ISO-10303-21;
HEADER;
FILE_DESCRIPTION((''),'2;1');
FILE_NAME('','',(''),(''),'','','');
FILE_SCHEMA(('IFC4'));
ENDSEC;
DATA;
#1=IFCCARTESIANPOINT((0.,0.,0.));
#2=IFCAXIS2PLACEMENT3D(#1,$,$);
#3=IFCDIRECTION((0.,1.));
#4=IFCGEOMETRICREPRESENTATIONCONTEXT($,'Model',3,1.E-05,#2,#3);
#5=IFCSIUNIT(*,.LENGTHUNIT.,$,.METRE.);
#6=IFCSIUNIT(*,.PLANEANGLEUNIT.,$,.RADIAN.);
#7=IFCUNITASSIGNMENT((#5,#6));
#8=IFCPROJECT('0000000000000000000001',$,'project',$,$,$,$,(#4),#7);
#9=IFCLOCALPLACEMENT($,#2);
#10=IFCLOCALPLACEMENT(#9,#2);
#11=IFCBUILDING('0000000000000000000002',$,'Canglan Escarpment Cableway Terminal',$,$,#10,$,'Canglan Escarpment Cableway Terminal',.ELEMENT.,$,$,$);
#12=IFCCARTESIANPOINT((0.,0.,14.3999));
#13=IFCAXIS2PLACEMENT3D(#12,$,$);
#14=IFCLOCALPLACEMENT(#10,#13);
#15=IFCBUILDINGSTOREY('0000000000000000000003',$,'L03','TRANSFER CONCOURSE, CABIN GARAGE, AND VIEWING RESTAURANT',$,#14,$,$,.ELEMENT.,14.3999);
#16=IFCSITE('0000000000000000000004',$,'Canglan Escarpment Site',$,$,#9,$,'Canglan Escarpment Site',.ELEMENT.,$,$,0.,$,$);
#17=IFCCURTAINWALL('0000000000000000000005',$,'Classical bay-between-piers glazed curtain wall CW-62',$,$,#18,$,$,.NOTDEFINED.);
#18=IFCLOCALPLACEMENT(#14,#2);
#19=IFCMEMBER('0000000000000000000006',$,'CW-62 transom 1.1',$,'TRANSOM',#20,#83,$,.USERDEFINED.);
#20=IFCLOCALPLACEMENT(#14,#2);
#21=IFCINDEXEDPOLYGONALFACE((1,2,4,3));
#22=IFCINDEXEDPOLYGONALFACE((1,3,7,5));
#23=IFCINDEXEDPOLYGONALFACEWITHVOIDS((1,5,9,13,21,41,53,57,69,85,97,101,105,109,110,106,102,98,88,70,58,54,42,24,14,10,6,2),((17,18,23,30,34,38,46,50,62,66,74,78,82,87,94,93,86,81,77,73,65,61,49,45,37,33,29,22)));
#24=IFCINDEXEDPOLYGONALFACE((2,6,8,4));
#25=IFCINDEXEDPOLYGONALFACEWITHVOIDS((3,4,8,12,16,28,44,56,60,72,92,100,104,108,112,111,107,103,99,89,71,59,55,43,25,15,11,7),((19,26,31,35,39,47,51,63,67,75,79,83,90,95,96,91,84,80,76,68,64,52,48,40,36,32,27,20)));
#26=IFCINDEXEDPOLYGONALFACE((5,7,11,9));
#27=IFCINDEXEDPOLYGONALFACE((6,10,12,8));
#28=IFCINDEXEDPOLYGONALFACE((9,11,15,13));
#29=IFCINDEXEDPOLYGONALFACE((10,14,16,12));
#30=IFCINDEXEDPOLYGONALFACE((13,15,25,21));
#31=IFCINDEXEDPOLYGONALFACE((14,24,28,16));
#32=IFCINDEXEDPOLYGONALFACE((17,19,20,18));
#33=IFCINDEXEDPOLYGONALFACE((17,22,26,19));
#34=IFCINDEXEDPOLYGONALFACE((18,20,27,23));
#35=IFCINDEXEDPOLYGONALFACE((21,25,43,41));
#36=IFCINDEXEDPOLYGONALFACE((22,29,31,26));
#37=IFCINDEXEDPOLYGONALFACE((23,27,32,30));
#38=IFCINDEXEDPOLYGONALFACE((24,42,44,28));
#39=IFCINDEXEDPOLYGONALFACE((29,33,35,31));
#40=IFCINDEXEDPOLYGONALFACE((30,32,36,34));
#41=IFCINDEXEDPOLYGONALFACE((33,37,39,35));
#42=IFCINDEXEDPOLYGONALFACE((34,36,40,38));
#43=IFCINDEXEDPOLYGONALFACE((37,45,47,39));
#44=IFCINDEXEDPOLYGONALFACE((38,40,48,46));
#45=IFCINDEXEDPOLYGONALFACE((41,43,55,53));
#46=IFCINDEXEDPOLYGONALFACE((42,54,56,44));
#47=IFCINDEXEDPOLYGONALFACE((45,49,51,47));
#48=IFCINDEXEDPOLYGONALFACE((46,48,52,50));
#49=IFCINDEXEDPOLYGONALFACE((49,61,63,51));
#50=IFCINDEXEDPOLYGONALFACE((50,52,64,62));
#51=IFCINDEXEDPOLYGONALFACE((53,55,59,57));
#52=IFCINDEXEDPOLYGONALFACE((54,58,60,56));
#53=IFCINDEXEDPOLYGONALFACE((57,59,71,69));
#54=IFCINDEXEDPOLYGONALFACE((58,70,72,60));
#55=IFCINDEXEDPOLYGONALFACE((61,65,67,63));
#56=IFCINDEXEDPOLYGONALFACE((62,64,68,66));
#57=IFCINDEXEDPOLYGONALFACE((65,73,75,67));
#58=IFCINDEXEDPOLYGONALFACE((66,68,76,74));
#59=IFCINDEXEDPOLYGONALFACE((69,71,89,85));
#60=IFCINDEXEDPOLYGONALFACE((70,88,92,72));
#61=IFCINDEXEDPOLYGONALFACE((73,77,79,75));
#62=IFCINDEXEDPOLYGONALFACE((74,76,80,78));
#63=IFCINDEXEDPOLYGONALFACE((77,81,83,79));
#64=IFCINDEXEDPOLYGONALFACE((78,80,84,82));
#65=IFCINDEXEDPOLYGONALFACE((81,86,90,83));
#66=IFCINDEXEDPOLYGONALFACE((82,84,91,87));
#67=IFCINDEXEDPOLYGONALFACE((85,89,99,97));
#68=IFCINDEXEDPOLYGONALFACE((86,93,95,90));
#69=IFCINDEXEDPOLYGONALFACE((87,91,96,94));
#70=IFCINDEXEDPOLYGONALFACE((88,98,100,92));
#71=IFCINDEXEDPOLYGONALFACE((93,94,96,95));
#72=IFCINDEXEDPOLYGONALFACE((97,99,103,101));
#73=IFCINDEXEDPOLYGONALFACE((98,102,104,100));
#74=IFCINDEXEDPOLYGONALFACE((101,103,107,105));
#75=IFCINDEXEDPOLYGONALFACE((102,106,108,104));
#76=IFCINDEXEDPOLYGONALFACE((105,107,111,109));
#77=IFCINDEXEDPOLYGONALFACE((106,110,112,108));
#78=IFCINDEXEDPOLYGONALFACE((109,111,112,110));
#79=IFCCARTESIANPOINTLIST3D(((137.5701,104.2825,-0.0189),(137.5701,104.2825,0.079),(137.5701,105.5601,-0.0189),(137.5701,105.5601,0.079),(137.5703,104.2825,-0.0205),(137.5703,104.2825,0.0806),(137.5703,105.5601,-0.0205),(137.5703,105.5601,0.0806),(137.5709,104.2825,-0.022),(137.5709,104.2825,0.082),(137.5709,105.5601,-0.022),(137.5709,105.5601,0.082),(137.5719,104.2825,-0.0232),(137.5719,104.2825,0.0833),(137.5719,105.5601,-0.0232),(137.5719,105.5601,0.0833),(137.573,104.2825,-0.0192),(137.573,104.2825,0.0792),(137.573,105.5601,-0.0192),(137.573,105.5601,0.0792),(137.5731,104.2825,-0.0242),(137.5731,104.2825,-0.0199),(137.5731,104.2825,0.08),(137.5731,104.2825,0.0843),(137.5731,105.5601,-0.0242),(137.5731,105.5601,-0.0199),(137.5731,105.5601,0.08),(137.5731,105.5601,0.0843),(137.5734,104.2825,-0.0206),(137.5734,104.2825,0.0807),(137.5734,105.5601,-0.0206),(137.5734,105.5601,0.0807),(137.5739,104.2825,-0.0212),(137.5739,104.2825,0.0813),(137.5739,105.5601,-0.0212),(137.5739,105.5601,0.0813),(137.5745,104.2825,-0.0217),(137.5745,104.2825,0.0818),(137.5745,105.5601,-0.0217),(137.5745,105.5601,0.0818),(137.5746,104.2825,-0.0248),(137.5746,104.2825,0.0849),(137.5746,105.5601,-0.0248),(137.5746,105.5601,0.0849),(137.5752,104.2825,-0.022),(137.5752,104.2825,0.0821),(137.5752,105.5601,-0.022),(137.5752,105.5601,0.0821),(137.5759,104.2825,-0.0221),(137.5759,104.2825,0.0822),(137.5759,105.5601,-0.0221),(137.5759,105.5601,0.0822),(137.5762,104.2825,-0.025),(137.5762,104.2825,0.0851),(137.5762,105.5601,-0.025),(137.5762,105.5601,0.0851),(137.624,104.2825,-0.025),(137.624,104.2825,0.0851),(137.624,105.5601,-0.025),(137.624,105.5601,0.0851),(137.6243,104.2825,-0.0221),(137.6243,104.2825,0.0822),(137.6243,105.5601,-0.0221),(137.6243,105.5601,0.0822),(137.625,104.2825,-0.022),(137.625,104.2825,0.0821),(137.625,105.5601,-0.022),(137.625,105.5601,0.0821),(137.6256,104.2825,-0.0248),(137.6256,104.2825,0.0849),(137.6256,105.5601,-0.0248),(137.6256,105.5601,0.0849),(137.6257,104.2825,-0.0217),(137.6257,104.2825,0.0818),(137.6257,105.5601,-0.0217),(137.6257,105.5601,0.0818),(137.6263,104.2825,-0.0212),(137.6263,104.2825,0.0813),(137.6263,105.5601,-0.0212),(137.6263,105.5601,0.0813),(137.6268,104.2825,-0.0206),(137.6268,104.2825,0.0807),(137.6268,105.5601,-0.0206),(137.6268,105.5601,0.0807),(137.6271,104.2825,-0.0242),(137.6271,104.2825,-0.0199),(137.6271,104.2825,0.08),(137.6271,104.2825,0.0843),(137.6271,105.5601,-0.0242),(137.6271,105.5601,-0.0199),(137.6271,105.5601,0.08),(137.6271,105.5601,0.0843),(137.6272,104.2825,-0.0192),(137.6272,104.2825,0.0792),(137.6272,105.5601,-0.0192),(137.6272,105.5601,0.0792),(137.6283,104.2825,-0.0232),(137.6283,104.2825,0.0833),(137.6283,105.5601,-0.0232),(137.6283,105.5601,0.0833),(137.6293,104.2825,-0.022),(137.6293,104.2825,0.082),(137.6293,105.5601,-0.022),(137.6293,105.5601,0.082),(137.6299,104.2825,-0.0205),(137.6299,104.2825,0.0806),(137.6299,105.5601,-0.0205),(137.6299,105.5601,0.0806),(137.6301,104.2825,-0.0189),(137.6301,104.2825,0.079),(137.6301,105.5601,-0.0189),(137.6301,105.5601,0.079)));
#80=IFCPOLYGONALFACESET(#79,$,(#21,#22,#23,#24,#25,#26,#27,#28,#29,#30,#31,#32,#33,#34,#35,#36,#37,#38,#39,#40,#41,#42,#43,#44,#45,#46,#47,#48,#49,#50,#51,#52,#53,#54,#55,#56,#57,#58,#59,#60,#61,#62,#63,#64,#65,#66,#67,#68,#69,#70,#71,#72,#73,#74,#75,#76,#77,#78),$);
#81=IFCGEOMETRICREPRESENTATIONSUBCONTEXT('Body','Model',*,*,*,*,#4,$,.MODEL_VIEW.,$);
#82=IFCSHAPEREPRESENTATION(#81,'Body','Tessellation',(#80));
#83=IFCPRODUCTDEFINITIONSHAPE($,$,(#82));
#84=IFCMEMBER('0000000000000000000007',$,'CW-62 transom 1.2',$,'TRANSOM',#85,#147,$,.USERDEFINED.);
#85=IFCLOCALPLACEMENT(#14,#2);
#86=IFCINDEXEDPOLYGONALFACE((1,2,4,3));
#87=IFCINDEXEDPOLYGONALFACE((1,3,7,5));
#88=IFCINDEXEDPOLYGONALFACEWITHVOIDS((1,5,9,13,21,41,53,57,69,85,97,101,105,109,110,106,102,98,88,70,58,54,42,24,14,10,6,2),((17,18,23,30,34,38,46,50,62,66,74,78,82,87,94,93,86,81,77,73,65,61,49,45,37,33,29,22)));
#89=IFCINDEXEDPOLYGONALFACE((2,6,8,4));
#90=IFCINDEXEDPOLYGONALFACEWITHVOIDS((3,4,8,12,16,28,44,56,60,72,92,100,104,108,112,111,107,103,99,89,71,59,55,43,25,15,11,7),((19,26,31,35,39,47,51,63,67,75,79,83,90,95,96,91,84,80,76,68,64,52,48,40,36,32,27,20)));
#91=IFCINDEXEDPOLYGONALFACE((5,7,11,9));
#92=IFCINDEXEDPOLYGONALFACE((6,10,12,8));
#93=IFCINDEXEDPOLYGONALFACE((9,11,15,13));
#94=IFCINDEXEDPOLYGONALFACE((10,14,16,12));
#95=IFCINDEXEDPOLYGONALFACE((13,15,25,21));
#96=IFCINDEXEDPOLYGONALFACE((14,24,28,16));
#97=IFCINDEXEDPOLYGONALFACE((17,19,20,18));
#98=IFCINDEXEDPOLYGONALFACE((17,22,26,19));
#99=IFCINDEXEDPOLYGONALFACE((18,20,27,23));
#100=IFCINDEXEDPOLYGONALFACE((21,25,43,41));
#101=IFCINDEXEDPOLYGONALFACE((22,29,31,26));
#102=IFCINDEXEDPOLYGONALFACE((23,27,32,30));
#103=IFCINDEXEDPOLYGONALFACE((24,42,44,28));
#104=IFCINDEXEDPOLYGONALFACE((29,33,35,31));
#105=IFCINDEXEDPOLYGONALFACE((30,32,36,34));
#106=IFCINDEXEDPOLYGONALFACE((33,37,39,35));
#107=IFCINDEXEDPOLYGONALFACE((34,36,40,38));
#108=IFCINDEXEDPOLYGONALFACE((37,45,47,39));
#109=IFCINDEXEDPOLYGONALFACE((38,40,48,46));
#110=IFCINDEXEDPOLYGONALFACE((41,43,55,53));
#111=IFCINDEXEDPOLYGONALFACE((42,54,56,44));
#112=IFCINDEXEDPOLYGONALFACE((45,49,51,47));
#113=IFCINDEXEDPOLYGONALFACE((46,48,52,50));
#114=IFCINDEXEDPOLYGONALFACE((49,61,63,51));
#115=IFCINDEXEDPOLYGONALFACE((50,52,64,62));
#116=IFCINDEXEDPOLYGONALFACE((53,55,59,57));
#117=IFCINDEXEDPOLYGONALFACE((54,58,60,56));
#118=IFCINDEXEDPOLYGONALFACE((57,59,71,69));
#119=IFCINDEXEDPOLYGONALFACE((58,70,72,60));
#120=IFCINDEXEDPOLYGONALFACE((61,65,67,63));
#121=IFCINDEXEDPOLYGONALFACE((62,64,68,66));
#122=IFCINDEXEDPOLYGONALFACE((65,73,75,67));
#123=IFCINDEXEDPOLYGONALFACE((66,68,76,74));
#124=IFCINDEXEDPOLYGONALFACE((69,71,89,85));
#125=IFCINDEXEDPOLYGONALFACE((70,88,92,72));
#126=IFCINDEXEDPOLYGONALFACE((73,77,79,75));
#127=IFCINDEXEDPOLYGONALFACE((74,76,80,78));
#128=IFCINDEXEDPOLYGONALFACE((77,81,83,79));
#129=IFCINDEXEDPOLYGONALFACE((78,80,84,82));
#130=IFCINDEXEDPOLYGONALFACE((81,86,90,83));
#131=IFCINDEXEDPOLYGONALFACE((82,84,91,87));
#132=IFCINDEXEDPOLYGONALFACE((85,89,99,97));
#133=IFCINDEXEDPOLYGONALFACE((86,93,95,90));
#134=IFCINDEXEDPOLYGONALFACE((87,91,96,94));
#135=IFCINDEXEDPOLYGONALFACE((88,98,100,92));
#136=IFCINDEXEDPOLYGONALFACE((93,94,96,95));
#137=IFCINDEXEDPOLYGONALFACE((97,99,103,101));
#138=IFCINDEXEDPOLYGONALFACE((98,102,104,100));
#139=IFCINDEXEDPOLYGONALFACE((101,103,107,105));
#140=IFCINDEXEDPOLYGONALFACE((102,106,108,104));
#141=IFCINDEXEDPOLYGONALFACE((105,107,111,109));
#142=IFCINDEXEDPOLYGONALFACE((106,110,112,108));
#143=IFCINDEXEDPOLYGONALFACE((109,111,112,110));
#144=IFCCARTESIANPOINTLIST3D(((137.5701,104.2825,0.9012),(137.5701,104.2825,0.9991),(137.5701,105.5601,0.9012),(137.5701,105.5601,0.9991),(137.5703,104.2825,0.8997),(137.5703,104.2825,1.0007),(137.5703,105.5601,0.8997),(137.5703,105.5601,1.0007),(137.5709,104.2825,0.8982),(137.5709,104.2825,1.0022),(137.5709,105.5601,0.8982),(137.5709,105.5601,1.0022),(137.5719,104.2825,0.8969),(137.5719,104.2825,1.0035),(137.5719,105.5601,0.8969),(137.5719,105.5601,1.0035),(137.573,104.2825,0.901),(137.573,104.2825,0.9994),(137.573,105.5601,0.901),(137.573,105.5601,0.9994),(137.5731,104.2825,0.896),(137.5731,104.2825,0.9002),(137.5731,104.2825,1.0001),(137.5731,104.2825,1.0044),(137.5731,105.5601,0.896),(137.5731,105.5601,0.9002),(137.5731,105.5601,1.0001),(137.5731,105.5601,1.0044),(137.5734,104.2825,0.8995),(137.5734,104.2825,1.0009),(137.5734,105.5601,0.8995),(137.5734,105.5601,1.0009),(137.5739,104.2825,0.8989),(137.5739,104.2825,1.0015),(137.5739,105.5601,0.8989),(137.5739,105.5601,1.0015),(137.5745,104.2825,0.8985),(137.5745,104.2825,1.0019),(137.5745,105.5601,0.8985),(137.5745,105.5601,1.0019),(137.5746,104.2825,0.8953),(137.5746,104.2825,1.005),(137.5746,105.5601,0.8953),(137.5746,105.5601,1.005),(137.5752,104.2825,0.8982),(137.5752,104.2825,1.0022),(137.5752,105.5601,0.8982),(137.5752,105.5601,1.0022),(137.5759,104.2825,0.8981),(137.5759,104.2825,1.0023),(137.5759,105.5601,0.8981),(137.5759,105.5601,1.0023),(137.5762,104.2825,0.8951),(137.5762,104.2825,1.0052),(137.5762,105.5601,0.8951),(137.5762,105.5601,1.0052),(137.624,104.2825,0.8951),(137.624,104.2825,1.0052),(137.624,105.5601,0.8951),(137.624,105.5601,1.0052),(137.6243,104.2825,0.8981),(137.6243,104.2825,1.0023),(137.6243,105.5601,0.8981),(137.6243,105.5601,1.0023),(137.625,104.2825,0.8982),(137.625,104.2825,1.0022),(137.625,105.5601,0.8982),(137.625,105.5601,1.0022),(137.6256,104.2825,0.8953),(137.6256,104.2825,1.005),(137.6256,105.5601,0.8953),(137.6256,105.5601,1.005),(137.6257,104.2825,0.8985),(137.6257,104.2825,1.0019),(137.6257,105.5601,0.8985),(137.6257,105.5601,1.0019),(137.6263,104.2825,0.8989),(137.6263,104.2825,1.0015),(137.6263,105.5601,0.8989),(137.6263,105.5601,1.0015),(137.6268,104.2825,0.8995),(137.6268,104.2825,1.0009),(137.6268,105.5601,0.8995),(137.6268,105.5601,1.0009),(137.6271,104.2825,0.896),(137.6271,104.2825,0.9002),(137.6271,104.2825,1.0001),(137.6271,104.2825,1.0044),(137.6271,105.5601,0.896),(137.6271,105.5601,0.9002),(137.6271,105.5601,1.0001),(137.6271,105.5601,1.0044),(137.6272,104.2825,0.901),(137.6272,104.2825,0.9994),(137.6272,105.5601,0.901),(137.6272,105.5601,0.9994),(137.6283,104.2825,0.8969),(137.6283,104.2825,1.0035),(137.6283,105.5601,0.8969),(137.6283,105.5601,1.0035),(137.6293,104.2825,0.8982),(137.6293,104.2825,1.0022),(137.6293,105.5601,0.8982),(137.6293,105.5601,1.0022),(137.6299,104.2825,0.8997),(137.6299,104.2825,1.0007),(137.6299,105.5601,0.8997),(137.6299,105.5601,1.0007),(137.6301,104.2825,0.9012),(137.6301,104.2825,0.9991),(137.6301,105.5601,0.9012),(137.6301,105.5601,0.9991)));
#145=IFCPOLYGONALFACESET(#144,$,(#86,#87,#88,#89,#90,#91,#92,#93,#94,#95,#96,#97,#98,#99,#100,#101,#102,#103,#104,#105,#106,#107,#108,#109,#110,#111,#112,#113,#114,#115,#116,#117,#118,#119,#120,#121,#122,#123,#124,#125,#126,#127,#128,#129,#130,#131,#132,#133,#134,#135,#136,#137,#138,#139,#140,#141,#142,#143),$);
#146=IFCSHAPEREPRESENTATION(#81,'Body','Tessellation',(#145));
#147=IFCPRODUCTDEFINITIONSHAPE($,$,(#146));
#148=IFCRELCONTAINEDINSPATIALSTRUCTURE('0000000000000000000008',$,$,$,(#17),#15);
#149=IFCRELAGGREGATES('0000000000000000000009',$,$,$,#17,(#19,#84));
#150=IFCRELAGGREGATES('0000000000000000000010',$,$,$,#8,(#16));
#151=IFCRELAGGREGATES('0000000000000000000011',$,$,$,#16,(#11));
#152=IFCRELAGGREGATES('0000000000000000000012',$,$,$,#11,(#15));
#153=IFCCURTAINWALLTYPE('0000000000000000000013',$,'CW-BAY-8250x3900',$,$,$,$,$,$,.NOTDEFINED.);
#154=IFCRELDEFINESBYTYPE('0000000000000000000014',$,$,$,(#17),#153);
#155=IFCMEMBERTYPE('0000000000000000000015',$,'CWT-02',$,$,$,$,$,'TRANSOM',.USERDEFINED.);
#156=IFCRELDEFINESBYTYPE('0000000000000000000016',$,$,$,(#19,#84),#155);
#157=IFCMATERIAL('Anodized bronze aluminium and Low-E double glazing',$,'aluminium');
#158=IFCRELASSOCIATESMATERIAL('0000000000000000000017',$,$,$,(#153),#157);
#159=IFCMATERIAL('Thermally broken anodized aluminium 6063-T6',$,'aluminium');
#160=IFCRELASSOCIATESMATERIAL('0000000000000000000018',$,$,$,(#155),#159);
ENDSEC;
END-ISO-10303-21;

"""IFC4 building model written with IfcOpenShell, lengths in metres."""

from ifc_helpers import new_model, si_unit, direction, frame, origin, origin_2d, place, context, subcontext, project, spatial, hollow_rectangle, extrude, material, material_profile, profile_set, type_object, element, aggregate, save


model = new_model("IFC4")

# Units and contexts
model_context = context("Model", 3, precision=1e-05, world=origin(), true_north=direction((0.0, 1.0)))
body_context = subcontext(model_context, "Body", "Model", "MODEL_VIEW")
ifc_project = project(units=[si_unit("LENGTHUNIT", "METRE"), si_unit("PLANEANGLEUNIT", "RADIAN")], contexts=[model_context])

# Site, building, storey
site_placement = place(None, origin())
site = spatial("IfcSite", under=ifc_project, at=site_placement, Name="Canglan Escarpment Site", LongName="Canglan Escarpment Site", CompositionType="ELEMENT", RefElevation=0.0)
building_placement = place(site_placement, origin())
building = spatial("IfcBuilding", under=site, at=building_placement, Name="Canglan Escarpment Cableway Terminal", LongName="Canglan Escarpment Cableway Terminal", CompositionType="ELEMENT")
storey_placement = place(building_placement, frame((0.0, 0.0, 14.3999)))
storey = spatial("IfcBuildingStorey", under=building, at=storey_placement, Name="L03", Description="TRANSFER CONCOURSE, CABIN GARAGE, AND VIEWING RESTAURANT", CompositionType="ELEMENT", Elevation=14.3999)

# Curtain wall
ifc_material_1 = material(Name="Anodized bronze aluminium and Low-E double glazing", Category="aluminium")
curtain_wall_type = type_object("IfcCurtainWallType", Name="CW-BAY-8250x3900", PredefinedType="NOTDEFINED", material=ifc_material_1)
curtain_wall_1_placement = place(storey_placement, origin())
curtain_wall_1 = element("IfcCurtainWall", 1, at=curtain_wall_1_placement, inside=storey, type_object=curtain_wall_type, Name="Classical bay-between-piers glazed curtain wall CW-62", PredefinedType="NOTDEFINED")
ifc_material_2 = material(Name="Thermally broken anodized aluminium 6063-T6", Category="aluminium")

# Members
ifc_material_profile_1 = material_profile(ifc_material_2, hollow_rectangle(XDim=0.0601, YDim=0.1101, WallThickness=0.0029, InnerFilletRadius=0.0029, OuterFilletRadius=0.0061, at=origin_2d()), Name="ALU-TRAN 60x110x3")
ifc_profile_set_1 = profile_set([ifc_material_profile_1], Name="Thermally broken anodized aluminium 6063-T6")
member_type_1 = type_object("IfcMemberType", Name="CWT-02", ElementType="TRANSOM", PredefinedType="USERDEFINED", material=ifc_profile_set_1)
member_1_placement = place(storey_placement, frame((137.6001, 105.5601, 0.03), z_axis=(0.0, -1.0, 0.0), x_axis=(1.0, 0.0, 0.0)))
member_1 = element("IfcMember", 2, at=member_1_placement, type_object=member_type_1, Name="CW-62 transom 1.1", ObjectType="TRANSOM", PredefinedType="USERDEFINED", context=body_context, shape_type="SweptSolid", body=[
    extrude(hollow_rectangle(XDim=0.0601, YDim=0.1101, WallThickness=0.0029, InnerFilletRadius=0.0029, OuterFilletRadius=0.0061, at=origin_2d()), origin(), (0.0, 0.0, 1.0), 1.2776),
])
member_2_placement = place(storey_placement, frame((137.6001, 105.5601, 0.9502), z_axis=(0.0, -1.0, 0.0), x_axis=(1.0, 0.0, 0.0)))
member_2 = element("IfcMember", 3, at=member_2_placement, type_object=member_type_1, Name="CW-62 transom 1.2", ObjectType="TRANSOM", PredefinedType="USERDEFINED", context=body_context, shape_type="SweptSolid", body=[
    extrude(hollow_rectangle(XDim=0.0601, YDim=0.1101, WallThickness=0.0029, InnerFilletRadius=0.0029, OuterFilletRadius=0.0061, at=origin_2d()), origin(), (0.0, 0.0, 1.0), 1.2776),
])

aggregate(curtain_wall_1, [member_1, member_2])

save(model, "model.ifc")
